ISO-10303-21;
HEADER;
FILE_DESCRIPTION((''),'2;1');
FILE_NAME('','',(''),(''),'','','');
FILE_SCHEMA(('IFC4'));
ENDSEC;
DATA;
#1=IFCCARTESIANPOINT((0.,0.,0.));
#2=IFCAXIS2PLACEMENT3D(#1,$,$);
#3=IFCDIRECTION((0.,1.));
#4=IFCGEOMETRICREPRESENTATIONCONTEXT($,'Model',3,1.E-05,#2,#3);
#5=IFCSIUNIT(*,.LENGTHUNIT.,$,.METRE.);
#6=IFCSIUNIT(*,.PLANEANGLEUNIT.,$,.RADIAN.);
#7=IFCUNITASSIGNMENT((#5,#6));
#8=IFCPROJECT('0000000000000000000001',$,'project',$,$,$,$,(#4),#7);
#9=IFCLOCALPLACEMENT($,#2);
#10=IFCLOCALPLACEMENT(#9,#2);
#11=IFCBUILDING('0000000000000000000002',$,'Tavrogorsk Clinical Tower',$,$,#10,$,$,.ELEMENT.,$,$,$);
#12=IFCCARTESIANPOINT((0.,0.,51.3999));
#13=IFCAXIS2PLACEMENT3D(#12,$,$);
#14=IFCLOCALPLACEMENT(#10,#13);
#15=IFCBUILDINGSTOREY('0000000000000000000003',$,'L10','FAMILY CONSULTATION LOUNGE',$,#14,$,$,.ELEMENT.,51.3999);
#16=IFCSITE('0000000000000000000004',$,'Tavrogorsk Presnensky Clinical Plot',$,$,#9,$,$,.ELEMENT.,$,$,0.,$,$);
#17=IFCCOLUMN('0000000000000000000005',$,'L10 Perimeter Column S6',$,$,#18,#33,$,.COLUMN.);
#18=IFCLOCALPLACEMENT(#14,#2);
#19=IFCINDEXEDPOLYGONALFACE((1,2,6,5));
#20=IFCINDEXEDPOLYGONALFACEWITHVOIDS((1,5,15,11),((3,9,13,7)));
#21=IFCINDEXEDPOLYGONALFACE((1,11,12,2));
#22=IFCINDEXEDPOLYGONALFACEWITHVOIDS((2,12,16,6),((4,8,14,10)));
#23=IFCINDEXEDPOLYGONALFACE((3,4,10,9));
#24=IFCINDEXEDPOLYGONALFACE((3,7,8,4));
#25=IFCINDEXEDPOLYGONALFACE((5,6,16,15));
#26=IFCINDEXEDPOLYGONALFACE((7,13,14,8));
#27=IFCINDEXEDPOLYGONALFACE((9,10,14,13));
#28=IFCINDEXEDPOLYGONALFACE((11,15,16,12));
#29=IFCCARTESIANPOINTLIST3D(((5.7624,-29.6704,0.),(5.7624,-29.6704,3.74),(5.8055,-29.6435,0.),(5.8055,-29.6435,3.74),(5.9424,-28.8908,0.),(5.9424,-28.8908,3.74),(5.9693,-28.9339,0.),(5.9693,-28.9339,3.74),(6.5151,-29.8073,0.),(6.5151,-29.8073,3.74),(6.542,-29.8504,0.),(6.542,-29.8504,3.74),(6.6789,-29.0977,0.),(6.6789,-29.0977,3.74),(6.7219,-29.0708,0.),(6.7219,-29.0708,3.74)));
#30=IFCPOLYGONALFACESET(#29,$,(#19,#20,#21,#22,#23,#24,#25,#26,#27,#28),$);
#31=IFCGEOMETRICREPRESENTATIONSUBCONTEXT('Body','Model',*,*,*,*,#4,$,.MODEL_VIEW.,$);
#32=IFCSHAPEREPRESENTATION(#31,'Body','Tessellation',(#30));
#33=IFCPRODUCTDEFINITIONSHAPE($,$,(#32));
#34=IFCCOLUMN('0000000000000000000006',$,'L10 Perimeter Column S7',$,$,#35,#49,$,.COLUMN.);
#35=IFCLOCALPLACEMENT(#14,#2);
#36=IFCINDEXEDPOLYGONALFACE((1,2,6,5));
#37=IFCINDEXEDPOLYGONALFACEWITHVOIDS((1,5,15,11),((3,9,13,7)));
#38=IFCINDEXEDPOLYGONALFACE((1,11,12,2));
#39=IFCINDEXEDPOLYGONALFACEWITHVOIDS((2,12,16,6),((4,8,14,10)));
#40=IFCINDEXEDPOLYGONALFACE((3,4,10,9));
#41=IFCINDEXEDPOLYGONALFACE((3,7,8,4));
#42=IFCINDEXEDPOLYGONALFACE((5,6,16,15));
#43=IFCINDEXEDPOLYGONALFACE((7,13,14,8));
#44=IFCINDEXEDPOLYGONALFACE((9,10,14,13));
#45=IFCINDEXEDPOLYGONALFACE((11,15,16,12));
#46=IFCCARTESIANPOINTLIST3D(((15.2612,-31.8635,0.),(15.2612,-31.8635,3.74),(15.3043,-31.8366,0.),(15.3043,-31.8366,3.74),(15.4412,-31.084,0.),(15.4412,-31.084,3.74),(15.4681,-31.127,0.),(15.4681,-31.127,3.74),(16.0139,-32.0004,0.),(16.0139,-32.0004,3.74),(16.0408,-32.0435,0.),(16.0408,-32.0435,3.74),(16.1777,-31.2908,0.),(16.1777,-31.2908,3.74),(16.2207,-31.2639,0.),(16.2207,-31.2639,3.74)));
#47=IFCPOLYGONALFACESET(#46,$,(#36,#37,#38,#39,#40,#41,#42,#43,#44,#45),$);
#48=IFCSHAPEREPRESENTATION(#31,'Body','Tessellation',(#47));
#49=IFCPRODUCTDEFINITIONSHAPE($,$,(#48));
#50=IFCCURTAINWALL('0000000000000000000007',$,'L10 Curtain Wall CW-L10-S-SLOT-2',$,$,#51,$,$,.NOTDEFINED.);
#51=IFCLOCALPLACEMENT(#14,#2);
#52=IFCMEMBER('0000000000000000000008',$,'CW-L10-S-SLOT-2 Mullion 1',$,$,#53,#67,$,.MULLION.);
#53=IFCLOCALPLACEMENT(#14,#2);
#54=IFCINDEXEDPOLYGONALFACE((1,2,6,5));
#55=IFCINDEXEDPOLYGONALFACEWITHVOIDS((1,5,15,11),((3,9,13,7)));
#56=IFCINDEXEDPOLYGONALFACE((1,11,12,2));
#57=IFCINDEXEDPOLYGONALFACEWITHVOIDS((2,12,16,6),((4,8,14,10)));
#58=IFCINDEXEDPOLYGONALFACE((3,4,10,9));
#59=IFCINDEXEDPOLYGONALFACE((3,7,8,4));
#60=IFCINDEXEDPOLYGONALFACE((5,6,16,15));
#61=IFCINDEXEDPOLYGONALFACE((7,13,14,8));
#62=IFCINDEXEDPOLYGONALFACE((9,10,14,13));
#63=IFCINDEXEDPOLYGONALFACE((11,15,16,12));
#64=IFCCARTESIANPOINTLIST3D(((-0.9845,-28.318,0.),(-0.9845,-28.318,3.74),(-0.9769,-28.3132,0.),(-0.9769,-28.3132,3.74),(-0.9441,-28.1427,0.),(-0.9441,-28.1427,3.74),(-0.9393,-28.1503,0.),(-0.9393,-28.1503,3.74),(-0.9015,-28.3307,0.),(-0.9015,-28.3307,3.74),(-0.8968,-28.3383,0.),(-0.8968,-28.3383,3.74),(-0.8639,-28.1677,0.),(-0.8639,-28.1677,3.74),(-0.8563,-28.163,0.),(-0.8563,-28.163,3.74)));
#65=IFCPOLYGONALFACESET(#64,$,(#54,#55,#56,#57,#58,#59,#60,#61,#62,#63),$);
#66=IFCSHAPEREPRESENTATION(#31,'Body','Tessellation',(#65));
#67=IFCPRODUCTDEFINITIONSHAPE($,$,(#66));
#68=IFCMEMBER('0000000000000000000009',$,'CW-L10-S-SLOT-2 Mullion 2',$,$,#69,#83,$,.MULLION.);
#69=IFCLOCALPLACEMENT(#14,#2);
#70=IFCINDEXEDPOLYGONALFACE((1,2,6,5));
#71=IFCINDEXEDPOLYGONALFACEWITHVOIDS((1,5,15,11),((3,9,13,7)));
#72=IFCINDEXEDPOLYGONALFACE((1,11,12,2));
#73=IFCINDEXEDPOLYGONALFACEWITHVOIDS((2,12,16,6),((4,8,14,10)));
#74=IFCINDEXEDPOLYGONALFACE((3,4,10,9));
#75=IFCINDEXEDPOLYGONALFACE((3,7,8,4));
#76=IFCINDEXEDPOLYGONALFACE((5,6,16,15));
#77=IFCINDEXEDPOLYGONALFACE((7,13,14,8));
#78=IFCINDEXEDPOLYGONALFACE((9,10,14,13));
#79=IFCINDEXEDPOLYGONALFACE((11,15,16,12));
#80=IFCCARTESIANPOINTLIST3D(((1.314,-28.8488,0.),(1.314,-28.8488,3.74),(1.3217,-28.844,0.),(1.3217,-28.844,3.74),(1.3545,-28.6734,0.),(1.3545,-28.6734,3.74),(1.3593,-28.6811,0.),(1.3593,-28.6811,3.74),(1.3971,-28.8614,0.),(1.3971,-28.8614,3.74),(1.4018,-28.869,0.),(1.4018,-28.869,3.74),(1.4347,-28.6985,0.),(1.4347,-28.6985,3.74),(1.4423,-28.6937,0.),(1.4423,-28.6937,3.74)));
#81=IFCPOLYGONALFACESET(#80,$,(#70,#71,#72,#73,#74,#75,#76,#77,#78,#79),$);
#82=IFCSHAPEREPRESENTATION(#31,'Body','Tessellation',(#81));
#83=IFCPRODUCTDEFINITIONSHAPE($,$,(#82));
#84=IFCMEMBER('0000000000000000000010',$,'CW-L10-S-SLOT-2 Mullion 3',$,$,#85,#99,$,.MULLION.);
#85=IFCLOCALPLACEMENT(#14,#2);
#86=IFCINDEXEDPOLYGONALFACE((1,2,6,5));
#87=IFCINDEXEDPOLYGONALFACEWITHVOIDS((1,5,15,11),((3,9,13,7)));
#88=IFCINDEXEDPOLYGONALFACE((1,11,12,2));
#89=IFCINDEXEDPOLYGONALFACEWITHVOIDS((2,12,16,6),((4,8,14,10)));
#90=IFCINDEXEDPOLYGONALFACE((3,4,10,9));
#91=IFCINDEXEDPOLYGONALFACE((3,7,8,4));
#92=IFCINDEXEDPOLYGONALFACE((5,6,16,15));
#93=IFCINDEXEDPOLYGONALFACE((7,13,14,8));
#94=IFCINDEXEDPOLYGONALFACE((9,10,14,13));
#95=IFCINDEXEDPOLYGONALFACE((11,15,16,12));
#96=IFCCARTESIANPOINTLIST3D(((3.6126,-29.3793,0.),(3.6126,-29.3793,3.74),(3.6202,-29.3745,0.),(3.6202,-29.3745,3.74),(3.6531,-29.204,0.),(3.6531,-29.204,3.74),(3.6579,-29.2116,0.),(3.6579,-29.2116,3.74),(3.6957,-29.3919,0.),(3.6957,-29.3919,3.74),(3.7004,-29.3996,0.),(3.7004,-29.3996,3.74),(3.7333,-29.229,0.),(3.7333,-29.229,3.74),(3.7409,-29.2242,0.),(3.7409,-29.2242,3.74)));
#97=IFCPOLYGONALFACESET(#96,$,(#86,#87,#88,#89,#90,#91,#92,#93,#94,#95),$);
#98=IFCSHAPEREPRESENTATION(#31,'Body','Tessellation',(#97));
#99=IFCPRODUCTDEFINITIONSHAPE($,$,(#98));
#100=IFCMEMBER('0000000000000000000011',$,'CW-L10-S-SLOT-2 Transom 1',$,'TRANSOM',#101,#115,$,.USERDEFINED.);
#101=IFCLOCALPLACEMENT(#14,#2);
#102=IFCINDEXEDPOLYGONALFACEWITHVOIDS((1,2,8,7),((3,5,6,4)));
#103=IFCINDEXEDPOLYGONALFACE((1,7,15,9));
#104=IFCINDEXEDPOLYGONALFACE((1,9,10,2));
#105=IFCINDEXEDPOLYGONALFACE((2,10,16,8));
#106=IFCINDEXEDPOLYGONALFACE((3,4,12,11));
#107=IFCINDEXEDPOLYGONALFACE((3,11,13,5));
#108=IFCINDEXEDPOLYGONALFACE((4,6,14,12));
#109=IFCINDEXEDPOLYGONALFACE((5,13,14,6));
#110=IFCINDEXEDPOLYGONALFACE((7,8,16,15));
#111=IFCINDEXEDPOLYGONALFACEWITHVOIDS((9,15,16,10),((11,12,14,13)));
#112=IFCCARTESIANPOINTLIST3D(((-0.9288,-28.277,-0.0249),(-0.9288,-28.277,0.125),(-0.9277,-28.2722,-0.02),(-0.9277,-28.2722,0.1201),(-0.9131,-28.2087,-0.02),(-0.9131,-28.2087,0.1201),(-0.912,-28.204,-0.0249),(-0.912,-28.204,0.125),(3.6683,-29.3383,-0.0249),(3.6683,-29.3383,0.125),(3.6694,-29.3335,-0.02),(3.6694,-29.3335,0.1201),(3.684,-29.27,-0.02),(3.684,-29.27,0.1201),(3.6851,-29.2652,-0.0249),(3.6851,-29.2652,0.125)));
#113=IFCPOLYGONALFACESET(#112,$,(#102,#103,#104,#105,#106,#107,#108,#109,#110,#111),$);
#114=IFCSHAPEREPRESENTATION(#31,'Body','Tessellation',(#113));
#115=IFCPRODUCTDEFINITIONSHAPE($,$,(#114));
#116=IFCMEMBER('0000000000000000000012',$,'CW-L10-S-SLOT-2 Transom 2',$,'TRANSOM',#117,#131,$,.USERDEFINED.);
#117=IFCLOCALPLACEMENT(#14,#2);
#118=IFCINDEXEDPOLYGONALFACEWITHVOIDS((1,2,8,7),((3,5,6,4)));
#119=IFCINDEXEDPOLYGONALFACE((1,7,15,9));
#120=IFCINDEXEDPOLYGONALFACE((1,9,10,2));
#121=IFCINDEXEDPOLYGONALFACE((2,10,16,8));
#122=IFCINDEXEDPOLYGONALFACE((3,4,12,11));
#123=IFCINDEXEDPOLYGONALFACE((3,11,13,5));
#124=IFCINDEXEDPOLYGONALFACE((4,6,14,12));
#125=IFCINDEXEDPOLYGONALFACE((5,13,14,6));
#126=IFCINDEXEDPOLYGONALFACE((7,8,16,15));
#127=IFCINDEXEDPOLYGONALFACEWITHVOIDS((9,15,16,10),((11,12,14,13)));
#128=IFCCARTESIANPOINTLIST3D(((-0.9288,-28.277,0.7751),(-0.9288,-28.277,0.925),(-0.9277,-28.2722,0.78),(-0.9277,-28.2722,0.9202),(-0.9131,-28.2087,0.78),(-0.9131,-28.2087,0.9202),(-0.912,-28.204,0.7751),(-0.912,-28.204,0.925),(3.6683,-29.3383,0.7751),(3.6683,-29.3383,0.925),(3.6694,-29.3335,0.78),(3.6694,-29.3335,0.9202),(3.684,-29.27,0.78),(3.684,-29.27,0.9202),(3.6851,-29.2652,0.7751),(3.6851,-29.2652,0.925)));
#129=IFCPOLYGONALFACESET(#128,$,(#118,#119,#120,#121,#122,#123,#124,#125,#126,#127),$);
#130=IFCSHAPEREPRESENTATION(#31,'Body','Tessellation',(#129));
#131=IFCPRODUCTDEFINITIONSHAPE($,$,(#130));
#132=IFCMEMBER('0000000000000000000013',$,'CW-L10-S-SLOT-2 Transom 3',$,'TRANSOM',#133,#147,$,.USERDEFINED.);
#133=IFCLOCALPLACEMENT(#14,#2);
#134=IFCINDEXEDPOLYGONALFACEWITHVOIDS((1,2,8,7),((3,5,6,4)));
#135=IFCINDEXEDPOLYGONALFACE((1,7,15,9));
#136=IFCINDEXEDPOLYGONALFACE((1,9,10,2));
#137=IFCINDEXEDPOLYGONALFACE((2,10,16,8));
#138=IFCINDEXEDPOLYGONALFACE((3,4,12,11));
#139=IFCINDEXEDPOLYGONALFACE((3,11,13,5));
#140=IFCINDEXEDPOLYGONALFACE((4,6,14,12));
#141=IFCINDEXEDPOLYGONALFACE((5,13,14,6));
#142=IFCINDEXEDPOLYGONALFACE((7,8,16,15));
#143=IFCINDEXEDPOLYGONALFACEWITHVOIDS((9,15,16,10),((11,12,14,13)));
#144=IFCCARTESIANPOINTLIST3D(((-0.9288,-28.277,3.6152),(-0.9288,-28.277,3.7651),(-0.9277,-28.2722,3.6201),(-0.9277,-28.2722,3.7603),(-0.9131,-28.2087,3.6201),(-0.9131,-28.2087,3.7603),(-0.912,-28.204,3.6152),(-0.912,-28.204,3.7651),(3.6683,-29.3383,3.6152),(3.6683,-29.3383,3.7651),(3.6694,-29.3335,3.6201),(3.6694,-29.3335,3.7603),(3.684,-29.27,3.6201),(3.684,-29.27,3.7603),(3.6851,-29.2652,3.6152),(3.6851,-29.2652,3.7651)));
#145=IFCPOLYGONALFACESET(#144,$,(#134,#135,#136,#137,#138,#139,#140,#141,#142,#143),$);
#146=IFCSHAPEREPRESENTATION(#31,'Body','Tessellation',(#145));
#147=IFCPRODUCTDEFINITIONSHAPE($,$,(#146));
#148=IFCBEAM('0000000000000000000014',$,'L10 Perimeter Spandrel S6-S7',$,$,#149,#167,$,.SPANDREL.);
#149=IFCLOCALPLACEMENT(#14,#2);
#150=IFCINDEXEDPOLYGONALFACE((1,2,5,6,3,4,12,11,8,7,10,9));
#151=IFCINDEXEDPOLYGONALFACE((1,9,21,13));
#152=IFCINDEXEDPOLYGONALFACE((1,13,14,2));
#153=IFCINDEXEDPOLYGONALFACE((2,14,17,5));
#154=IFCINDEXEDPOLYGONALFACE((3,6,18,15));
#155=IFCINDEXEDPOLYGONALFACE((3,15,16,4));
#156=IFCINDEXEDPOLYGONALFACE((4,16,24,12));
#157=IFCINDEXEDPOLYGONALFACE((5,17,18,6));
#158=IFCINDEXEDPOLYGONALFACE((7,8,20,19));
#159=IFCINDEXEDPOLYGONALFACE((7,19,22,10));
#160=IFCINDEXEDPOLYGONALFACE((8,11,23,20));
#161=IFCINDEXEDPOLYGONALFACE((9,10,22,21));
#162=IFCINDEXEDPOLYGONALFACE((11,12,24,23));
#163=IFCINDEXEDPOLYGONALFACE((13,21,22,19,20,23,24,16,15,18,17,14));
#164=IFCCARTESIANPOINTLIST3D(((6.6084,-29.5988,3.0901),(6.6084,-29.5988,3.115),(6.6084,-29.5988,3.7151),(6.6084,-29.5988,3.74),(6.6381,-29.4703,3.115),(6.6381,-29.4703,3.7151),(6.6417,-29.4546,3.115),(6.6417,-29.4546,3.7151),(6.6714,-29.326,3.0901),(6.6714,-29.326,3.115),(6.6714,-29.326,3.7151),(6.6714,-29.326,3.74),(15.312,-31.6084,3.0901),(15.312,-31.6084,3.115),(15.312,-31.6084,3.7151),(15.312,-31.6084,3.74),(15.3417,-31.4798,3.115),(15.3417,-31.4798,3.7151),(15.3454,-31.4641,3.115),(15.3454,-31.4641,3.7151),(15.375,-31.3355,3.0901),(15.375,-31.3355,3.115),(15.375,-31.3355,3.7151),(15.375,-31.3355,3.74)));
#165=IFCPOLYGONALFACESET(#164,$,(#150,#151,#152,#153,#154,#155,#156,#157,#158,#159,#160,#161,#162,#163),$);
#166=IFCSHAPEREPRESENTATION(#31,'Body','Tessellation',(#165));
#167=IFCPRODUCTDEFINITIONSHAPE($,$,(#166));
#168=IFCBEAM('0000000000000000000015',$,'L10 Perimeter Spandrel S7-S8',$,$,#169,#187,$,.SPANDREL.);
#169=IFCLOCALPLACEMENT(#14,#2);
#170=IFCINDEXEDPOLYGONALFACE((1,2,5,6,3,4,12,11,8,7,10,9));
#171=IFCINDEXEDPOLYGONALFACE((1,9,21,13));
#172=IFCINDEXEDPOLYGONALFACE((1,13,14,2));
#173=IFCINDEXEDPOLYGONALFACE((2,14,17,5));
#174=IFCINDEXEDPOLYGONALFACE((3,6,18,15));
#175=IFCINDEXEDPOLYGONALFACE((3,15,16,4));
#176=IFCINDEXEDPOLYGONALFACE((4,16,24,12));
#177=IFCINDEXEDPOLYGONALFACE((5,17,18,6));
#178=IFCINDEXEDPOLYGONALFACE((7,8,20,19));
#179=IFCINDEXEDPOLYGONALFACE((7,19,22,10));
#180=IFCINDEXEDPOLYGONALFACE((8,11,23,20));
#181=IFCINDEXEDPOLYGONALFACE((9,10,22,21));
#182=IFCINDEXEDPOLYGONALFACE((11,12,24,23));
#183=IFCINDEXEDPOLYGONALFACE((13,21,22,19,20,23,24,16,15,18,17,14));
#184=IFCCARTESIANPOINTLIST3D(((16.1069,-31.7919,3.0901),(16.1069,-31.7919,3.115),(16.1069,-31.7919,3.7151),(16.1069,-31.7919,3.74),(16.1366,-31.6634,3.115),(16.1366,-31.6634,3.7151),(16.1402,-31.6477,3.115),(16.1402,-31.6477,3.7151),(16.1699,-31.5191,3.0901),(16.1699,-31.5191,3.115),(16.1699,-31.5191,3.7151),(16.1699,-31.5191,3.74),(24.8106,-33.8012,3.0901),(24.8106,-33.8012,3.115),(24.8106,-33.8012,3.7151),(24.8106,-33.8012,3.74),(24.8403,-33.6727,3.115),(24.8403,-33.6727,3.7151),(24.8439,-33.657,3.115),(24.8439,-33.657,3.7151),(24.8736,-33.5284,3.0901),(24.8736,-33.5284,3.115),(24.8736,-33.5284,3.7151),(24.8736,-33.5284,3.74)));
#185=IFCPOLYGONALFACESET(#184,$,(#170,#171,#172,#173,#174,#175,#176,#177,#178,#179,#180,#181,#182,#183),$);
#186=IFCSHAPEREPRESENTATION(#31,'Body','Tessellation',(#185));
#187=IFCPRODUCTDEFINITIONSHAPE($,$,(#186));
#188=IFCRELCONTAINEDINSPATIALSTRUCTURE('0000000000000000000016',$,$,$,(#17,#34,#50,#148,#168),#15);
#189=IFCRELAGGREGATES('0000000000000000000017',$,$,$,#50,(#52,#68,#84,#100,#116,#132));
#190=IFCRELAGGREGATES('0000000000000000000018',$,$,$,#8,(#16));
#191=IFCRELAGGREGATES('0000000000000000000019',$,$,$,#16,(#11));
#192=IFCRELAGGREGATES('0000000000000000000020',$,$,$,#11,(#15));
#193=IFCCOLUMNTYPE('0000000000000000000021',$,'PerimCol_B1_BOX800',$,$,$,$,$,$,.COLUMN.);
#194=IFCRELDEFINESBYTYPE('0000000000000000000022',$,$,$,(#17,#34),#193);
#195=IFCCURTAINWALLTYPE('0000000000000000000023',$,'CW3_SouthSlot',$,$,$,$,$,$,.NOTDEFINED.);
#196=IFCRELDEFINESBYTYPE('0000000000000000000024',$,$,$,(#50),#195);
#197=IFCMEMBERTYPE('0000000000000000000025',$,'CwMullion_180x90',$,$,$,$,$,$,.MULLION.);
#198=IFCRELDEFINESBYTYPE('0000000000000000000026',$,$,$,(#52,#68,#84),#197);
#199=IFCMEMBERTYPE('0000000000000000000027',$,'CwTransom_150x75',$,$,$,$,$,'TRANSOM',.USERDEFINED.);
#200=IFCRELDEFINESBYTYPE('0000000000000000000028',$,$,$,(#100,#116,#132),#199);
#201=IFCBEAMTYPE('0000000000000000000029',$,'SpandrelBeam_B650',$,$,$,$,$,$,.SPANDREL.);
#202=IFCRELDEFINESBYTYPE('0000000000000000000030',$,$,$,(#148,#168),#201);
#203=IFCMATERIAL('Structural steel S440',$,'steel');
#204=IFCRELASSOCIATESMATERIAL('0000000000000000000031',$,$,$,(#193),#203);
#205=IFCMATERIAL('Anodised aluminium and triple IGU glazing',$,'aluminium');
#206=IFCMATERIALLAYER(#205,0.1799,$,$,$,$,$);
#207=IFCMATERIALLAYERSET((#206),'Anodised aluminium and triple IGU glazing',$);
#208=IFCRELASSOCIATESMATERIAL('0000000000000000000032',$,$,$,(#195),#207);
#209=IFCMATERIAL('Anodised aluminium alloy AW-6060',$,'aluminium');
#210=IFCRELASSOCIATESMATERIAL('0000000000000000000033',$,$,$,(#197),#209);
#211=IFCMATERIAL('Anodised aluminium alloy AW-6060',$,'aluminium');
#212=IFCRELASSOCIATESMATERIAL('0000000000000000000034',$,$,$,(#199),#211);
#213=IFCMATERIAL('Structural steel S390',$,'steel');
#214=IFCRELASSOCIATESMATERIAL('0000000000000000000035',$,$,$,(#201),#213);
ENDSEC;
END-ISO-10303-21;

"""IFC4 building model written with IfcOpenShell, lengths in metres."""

from ifc_helpers import new_model, si_unit, direction, frame, origin, origin_2d, place, context, subcontext, project, spatial, hollow_rectangle, i_section, extrude, material, layer, layer_set, material_profile, profile_set, type_object, element, aggregate, save


model = new_model("IFC4")

# Units and contexts
model_context = context("Model", 3, precision=1e-05, world=origin(), true_north=direction((0.0, 1.0)))
body_context = subcontext(model_context, "Body", "Model", "MODEL_VIEW")
ifc_project = project(units=[si_unit("LENGTHUNIT", "METRE"), si_unit("PLANEANGLEUNIT", "RADIAN")], contexts=[model_context])

# Site, building, storey
site_placement = place(None, origin())
site = spatial("IfcSite", under=ifc_project, at=site_placement, Name="Tavrogorsk Presnensky Clinical Plot", CompositionType="ELEMENT", RefElevation=0.0)
building_placement = place(site_placement, origin())
building = spatial("IfcBuilding", under=site, at=building_placement, Name="Tavrogorsk Clinical Tower", CompositionType="ELEMENT")
storey_placement = place(building_placement, frame((0.0, 0.0, 51.3999)))
storey = spatial("IfcBuildingStorey", under=building, at=storey_placement, Name="L10", Description="FAMILY CONSULTATION LOUNGE", CompositionType="ELEMENT", Elevation=51.3999)

# Columns
ifc_material_1 = material(Name="Structural steel S440", Category="steel")
ifc_material_profile_1 = material_profile(ifc_material_1, hollow_rectangle(XDim=0.8, YDim=0.8, WallThickness=0.0359, at=origin_2d()), Name="BOX-800x800x36")
ifc_profile_set_1 = profile_set([ifc_material_profile_1], Name="Structural steel S440")
column_type = type_object("IfcColumnType", Name="PerimCol_B1_BOX800", PredefinedType="COLUMN", material=ifc_profile_set_1)
for number, where, z_axis, x_axis, name in (
    (1, (6.2422, -29.3706, 0.0), (0.0, 0.0, 1.0), (0.97437, -0.224951, 0.0), "L10 Perimeter Column S6"),
    (2, (15.741, -31.5637, 0.0), (0.0, 0.0, 1.0), (0.97437, -0.224951, 0.0), "L10 Perimeter Column S7"),
):
    element("IfcColumn", number, at=place(storey_placement, frame(where, z_axis=z_axis, x_axis=x_axis)), inside=storey, type_object=column_type, Name=name, PredefinedType="COLUMN", context=body_context, shape_type="SweptSolid", body=[
        extrude(hollow_rectangle(XDim=0.8, YDim=0.8, WallThickness=0.0359, at=origin_2d()), origin(), (0.0, 0.0, 1.0), 3.74),
    ])

# Curtain wall, members
ifc_material_2 = material(Name="Anodised aluminium and triple IGU glazing", Category="aluminium")
ifc_layer_1 = layer(ifc_material_2, 0.1799)
ifc_layer_set_1 = layer_set([ifc_layer_1], Name="Anodised aluminium and triple IGU glazing")
curtain_wall_type = type_object("IfcCurtainWallType", Name="CW3_SouthSlot", PredefinedType="NOTDEFINED", material=ifc_layer_set_1)
curtain_wall_placement = place(storey_placement, origin())
curtain_wall = element("IfcCurtainWall", 3, at=curtain_wall_placement, inside=storey, type_object=curtain_wall_type, Name="L10 Curtain Wall CW-L10-S-SLOT-2", PredefinedType="NOTDEFINED")
ifc_material_3 = material(Name="Anodised aluminium alloy AW-6060", Category="aluminium")
ifc_material_profile_2 = material_profile(ifc_material_3, hollow_rectangle(XDim=0.0901, YDim=0.1799, WallThickness=0.0063, at=origin_2d()), Name="RHS-180x90x6.3")
ifc_profile_set_2 = profile_set([ifc_material_profile_2], Name="Anodised aluminium alloy AW-6060")
member_type_1 = type_object("IfcMemberType", Name="CwMullion_180x90", PredefinedType="MULLION", material=ifc_profile_set_2)
member_1_placement = place(storey_placement, frame((-0.9204, -28.2405, 0.0), z_axis=(0.0, 0.0, 1.0), x_axis=(0.97437, -0.224951, 0.0)))
member_1 = element("IfcMember", 4, at=member_1_placement, type_object=member_type_1, Name="CW-L10-S-SLOT-2 Mullion 1", PredefinedType="MULLION", context=body_context, shape_type="SweptSolid", body=[
    extrude(hollow_rectangle(XDim=0.0901, YDim=0.1799, WallThickness=0.0063, at=origin_2d()), origin(), (0.0, 0.0, 1.0), 3.74),
])
member_2_placement = place(storey_placement, frame((1.3782, -28.7712, 0.0), z_axis=(0.0, 0.0, 1.0), x_axis=(0.97437, -0.224951, 0.0)))
member_2 = element("IfcMember", 5, at=member_2_placement, type_object=member_type_1, Name="CW-L10-S-SLOT-2 Mullion 2", PredefinedType="MULLION", context=body_context, shape_type="SweptSolid", body=[
    extrude(hollow_rectangle(XDim=0.0901, YDim=0.1799, WallThickness=0.0063, at=origin_2d()), origin(), (0.0, 0.0, 1.0), 3.74),
])
member_3_placement = place(storey_placement, frame((3.6768, -29.3018, 0.0), z_axis=(0.0, 0.0, 1.0), x_axis=(0.97437, -0.224951, 0.0)))
member_3 = element("IfcMember", 6, at=member_3_placement, type_object=member_type_1, Name="CW-L10-S-SLOT-2 Mullion 3", PredefinedType="MULLION", context=body_context, shape_type="SweptSolid", body=[
    extrude(hollow_rectangle(XDim=0.0901, YDim=0.1799, WallThickness=0.0063, at=origin_2d()), origin(), (0.0, 0.0, 1.0), 3.74),
])
ifc_material_4 = material(Name="Anodised aluminium alloy AW-6060", Category="aluminium")
ifc_material_profile_3 = material_profile(ifc_material_4, hollow_rectangle(XDim=0.075, YDim=0.1499, WallThickness=0.0049, at=origin_2d()), Name="RHS-150x75x5")
ifc_profile_set_3 = profile_set([ifc_material_profile_3], Name="Anodised aluminium alloy AW-6060")
member_type_2 = type_object("IfcMemberType", Name="CwTransom_150x75", ElementType="TRANSOM", PredefinedType="USERDEFINED", material=ifc_profile_set_3)
member_4_placement = place(storey_placement, frame((-0.9204, -28.2405, 0.05), z_axis=(0.974373, -0.224939, 0.0), x_axis=(0.224939, 0.974373, 0.0)))
member_4 = element("IfcMember", 7, at=member_4_placement, type_object=member_type_2, Name="CW-L10-S-SLOT-2 Transom 1", ObjectType="TRANSOM", PredefinedType="USERDEFINED", context=body_context, shape_type="SweptSolid", body=[
    extrude(hollow_rectangle(XDim=0.075, YDim=0.1499, WallThickness=0.0049, at=origin_2d()), origin(), (0.0, 0.0, 1.0), 4.718),
])
member_5_placement = place(storey_placement, frame((-0.9204, -28.2405, 0.8501), z_axis=(0.974373, -0.224939, 0.0), x_axis=(0.224939, 0.974373, 0.0)))
member_5 = element("IfcMember", 8, at=member_5_placement, type_object=member_type_2, Name="CW-L10-S-SLOT-2 Transom 2", ObjectType="TRANSOM", PredefinedType="USERDEFINED", context=body_context, shape_type="SweptSolid", body=[
    extrude(hollow_rectangle(XDim=0.075, YDim=0.1499, WallThickness=0.0049, at=origin_2d()), origin(), (0.0, 0.0, 1.0), 4.718),
])
member_6_placement = place(storey_placement, frame((-0.9204, -28.2405, 3.6902), z_axis=(0.974373, -0.224939, 0.0), x_axis=(0.224939, 0.974373, 0.0)))
member_6 = element("IfcMember", 9, at=member_6_placement, type_object=member_type_2, Name="CW-L10-S-SLOT-2 Transom 3", ObjectType="TRANSOM", PredefinedType="USERDEFINED", context=body_context, shape_type="SweptSolid", body=[
    extrude(hollow_rectangle(XDim=0.075, YDim=0.1499, WallThickness=0.0049, at=origin_2d()), origin(), (0.0, 0.0, 1.0), 4.718),
])

# Beams
ifc_material_5 = material(Name="Structural steel S390", Category="steel")
ifc_material_profile_4 = material_profile(ifc_material_5, i_section(OverallWidth=0.28, OverallDepth=0.6499, WebThickness=0.0161, FlangeThickness=0.0249, at=origin_2d()), Name="B-650x280x16x25")
ifc_profile_set_4 = profile_set([ifc_material_profile_4], Name="Structural steel S390")
beam_type = type_object("IfcBeamType", Name="SpandrelBeam_B650", PredefinedType="SPANDREL", material=ifc_profile_set_4)
for number, where, z_axis, x_axis, name in (
    (10, (6.6399, -29.4624, 3.415), (0.974367, -0.224965, 0.0), (0.224965, 0.974367, 0.0), "L10 Perimeter Spandrel S6-S7"),
    (11, (16.1384, -31.6555, 3.415), (0.974373, -0.224939, 0.0), (0.224939, 0.974373, 0.0), "L10 Perimeter Spandrel S7-S8"),
):
    element("IfcBeam", number, at=place(storey_placement, frame(where, z_axis=z_axis, x_axis=x_axis)), inside=storey, type_object=beam_type, Name=name, PredefinedType="SPANDREL", context=body_context, shape_type="SweptSolid", body=[
        extrude(i_section(OverallWidth=0.28, OverallDepth=0.6499, WebThickness=0.0161, FlangeThickness=0.0249, at=origin_2d()), origin(), (0.0, 0.0, 1.0), 8.9326),
    ])

aggregate(curtain_wall, [member_1, member_2, member_3, member_4, member_5, member_6])

save(model, "model.ifc")
